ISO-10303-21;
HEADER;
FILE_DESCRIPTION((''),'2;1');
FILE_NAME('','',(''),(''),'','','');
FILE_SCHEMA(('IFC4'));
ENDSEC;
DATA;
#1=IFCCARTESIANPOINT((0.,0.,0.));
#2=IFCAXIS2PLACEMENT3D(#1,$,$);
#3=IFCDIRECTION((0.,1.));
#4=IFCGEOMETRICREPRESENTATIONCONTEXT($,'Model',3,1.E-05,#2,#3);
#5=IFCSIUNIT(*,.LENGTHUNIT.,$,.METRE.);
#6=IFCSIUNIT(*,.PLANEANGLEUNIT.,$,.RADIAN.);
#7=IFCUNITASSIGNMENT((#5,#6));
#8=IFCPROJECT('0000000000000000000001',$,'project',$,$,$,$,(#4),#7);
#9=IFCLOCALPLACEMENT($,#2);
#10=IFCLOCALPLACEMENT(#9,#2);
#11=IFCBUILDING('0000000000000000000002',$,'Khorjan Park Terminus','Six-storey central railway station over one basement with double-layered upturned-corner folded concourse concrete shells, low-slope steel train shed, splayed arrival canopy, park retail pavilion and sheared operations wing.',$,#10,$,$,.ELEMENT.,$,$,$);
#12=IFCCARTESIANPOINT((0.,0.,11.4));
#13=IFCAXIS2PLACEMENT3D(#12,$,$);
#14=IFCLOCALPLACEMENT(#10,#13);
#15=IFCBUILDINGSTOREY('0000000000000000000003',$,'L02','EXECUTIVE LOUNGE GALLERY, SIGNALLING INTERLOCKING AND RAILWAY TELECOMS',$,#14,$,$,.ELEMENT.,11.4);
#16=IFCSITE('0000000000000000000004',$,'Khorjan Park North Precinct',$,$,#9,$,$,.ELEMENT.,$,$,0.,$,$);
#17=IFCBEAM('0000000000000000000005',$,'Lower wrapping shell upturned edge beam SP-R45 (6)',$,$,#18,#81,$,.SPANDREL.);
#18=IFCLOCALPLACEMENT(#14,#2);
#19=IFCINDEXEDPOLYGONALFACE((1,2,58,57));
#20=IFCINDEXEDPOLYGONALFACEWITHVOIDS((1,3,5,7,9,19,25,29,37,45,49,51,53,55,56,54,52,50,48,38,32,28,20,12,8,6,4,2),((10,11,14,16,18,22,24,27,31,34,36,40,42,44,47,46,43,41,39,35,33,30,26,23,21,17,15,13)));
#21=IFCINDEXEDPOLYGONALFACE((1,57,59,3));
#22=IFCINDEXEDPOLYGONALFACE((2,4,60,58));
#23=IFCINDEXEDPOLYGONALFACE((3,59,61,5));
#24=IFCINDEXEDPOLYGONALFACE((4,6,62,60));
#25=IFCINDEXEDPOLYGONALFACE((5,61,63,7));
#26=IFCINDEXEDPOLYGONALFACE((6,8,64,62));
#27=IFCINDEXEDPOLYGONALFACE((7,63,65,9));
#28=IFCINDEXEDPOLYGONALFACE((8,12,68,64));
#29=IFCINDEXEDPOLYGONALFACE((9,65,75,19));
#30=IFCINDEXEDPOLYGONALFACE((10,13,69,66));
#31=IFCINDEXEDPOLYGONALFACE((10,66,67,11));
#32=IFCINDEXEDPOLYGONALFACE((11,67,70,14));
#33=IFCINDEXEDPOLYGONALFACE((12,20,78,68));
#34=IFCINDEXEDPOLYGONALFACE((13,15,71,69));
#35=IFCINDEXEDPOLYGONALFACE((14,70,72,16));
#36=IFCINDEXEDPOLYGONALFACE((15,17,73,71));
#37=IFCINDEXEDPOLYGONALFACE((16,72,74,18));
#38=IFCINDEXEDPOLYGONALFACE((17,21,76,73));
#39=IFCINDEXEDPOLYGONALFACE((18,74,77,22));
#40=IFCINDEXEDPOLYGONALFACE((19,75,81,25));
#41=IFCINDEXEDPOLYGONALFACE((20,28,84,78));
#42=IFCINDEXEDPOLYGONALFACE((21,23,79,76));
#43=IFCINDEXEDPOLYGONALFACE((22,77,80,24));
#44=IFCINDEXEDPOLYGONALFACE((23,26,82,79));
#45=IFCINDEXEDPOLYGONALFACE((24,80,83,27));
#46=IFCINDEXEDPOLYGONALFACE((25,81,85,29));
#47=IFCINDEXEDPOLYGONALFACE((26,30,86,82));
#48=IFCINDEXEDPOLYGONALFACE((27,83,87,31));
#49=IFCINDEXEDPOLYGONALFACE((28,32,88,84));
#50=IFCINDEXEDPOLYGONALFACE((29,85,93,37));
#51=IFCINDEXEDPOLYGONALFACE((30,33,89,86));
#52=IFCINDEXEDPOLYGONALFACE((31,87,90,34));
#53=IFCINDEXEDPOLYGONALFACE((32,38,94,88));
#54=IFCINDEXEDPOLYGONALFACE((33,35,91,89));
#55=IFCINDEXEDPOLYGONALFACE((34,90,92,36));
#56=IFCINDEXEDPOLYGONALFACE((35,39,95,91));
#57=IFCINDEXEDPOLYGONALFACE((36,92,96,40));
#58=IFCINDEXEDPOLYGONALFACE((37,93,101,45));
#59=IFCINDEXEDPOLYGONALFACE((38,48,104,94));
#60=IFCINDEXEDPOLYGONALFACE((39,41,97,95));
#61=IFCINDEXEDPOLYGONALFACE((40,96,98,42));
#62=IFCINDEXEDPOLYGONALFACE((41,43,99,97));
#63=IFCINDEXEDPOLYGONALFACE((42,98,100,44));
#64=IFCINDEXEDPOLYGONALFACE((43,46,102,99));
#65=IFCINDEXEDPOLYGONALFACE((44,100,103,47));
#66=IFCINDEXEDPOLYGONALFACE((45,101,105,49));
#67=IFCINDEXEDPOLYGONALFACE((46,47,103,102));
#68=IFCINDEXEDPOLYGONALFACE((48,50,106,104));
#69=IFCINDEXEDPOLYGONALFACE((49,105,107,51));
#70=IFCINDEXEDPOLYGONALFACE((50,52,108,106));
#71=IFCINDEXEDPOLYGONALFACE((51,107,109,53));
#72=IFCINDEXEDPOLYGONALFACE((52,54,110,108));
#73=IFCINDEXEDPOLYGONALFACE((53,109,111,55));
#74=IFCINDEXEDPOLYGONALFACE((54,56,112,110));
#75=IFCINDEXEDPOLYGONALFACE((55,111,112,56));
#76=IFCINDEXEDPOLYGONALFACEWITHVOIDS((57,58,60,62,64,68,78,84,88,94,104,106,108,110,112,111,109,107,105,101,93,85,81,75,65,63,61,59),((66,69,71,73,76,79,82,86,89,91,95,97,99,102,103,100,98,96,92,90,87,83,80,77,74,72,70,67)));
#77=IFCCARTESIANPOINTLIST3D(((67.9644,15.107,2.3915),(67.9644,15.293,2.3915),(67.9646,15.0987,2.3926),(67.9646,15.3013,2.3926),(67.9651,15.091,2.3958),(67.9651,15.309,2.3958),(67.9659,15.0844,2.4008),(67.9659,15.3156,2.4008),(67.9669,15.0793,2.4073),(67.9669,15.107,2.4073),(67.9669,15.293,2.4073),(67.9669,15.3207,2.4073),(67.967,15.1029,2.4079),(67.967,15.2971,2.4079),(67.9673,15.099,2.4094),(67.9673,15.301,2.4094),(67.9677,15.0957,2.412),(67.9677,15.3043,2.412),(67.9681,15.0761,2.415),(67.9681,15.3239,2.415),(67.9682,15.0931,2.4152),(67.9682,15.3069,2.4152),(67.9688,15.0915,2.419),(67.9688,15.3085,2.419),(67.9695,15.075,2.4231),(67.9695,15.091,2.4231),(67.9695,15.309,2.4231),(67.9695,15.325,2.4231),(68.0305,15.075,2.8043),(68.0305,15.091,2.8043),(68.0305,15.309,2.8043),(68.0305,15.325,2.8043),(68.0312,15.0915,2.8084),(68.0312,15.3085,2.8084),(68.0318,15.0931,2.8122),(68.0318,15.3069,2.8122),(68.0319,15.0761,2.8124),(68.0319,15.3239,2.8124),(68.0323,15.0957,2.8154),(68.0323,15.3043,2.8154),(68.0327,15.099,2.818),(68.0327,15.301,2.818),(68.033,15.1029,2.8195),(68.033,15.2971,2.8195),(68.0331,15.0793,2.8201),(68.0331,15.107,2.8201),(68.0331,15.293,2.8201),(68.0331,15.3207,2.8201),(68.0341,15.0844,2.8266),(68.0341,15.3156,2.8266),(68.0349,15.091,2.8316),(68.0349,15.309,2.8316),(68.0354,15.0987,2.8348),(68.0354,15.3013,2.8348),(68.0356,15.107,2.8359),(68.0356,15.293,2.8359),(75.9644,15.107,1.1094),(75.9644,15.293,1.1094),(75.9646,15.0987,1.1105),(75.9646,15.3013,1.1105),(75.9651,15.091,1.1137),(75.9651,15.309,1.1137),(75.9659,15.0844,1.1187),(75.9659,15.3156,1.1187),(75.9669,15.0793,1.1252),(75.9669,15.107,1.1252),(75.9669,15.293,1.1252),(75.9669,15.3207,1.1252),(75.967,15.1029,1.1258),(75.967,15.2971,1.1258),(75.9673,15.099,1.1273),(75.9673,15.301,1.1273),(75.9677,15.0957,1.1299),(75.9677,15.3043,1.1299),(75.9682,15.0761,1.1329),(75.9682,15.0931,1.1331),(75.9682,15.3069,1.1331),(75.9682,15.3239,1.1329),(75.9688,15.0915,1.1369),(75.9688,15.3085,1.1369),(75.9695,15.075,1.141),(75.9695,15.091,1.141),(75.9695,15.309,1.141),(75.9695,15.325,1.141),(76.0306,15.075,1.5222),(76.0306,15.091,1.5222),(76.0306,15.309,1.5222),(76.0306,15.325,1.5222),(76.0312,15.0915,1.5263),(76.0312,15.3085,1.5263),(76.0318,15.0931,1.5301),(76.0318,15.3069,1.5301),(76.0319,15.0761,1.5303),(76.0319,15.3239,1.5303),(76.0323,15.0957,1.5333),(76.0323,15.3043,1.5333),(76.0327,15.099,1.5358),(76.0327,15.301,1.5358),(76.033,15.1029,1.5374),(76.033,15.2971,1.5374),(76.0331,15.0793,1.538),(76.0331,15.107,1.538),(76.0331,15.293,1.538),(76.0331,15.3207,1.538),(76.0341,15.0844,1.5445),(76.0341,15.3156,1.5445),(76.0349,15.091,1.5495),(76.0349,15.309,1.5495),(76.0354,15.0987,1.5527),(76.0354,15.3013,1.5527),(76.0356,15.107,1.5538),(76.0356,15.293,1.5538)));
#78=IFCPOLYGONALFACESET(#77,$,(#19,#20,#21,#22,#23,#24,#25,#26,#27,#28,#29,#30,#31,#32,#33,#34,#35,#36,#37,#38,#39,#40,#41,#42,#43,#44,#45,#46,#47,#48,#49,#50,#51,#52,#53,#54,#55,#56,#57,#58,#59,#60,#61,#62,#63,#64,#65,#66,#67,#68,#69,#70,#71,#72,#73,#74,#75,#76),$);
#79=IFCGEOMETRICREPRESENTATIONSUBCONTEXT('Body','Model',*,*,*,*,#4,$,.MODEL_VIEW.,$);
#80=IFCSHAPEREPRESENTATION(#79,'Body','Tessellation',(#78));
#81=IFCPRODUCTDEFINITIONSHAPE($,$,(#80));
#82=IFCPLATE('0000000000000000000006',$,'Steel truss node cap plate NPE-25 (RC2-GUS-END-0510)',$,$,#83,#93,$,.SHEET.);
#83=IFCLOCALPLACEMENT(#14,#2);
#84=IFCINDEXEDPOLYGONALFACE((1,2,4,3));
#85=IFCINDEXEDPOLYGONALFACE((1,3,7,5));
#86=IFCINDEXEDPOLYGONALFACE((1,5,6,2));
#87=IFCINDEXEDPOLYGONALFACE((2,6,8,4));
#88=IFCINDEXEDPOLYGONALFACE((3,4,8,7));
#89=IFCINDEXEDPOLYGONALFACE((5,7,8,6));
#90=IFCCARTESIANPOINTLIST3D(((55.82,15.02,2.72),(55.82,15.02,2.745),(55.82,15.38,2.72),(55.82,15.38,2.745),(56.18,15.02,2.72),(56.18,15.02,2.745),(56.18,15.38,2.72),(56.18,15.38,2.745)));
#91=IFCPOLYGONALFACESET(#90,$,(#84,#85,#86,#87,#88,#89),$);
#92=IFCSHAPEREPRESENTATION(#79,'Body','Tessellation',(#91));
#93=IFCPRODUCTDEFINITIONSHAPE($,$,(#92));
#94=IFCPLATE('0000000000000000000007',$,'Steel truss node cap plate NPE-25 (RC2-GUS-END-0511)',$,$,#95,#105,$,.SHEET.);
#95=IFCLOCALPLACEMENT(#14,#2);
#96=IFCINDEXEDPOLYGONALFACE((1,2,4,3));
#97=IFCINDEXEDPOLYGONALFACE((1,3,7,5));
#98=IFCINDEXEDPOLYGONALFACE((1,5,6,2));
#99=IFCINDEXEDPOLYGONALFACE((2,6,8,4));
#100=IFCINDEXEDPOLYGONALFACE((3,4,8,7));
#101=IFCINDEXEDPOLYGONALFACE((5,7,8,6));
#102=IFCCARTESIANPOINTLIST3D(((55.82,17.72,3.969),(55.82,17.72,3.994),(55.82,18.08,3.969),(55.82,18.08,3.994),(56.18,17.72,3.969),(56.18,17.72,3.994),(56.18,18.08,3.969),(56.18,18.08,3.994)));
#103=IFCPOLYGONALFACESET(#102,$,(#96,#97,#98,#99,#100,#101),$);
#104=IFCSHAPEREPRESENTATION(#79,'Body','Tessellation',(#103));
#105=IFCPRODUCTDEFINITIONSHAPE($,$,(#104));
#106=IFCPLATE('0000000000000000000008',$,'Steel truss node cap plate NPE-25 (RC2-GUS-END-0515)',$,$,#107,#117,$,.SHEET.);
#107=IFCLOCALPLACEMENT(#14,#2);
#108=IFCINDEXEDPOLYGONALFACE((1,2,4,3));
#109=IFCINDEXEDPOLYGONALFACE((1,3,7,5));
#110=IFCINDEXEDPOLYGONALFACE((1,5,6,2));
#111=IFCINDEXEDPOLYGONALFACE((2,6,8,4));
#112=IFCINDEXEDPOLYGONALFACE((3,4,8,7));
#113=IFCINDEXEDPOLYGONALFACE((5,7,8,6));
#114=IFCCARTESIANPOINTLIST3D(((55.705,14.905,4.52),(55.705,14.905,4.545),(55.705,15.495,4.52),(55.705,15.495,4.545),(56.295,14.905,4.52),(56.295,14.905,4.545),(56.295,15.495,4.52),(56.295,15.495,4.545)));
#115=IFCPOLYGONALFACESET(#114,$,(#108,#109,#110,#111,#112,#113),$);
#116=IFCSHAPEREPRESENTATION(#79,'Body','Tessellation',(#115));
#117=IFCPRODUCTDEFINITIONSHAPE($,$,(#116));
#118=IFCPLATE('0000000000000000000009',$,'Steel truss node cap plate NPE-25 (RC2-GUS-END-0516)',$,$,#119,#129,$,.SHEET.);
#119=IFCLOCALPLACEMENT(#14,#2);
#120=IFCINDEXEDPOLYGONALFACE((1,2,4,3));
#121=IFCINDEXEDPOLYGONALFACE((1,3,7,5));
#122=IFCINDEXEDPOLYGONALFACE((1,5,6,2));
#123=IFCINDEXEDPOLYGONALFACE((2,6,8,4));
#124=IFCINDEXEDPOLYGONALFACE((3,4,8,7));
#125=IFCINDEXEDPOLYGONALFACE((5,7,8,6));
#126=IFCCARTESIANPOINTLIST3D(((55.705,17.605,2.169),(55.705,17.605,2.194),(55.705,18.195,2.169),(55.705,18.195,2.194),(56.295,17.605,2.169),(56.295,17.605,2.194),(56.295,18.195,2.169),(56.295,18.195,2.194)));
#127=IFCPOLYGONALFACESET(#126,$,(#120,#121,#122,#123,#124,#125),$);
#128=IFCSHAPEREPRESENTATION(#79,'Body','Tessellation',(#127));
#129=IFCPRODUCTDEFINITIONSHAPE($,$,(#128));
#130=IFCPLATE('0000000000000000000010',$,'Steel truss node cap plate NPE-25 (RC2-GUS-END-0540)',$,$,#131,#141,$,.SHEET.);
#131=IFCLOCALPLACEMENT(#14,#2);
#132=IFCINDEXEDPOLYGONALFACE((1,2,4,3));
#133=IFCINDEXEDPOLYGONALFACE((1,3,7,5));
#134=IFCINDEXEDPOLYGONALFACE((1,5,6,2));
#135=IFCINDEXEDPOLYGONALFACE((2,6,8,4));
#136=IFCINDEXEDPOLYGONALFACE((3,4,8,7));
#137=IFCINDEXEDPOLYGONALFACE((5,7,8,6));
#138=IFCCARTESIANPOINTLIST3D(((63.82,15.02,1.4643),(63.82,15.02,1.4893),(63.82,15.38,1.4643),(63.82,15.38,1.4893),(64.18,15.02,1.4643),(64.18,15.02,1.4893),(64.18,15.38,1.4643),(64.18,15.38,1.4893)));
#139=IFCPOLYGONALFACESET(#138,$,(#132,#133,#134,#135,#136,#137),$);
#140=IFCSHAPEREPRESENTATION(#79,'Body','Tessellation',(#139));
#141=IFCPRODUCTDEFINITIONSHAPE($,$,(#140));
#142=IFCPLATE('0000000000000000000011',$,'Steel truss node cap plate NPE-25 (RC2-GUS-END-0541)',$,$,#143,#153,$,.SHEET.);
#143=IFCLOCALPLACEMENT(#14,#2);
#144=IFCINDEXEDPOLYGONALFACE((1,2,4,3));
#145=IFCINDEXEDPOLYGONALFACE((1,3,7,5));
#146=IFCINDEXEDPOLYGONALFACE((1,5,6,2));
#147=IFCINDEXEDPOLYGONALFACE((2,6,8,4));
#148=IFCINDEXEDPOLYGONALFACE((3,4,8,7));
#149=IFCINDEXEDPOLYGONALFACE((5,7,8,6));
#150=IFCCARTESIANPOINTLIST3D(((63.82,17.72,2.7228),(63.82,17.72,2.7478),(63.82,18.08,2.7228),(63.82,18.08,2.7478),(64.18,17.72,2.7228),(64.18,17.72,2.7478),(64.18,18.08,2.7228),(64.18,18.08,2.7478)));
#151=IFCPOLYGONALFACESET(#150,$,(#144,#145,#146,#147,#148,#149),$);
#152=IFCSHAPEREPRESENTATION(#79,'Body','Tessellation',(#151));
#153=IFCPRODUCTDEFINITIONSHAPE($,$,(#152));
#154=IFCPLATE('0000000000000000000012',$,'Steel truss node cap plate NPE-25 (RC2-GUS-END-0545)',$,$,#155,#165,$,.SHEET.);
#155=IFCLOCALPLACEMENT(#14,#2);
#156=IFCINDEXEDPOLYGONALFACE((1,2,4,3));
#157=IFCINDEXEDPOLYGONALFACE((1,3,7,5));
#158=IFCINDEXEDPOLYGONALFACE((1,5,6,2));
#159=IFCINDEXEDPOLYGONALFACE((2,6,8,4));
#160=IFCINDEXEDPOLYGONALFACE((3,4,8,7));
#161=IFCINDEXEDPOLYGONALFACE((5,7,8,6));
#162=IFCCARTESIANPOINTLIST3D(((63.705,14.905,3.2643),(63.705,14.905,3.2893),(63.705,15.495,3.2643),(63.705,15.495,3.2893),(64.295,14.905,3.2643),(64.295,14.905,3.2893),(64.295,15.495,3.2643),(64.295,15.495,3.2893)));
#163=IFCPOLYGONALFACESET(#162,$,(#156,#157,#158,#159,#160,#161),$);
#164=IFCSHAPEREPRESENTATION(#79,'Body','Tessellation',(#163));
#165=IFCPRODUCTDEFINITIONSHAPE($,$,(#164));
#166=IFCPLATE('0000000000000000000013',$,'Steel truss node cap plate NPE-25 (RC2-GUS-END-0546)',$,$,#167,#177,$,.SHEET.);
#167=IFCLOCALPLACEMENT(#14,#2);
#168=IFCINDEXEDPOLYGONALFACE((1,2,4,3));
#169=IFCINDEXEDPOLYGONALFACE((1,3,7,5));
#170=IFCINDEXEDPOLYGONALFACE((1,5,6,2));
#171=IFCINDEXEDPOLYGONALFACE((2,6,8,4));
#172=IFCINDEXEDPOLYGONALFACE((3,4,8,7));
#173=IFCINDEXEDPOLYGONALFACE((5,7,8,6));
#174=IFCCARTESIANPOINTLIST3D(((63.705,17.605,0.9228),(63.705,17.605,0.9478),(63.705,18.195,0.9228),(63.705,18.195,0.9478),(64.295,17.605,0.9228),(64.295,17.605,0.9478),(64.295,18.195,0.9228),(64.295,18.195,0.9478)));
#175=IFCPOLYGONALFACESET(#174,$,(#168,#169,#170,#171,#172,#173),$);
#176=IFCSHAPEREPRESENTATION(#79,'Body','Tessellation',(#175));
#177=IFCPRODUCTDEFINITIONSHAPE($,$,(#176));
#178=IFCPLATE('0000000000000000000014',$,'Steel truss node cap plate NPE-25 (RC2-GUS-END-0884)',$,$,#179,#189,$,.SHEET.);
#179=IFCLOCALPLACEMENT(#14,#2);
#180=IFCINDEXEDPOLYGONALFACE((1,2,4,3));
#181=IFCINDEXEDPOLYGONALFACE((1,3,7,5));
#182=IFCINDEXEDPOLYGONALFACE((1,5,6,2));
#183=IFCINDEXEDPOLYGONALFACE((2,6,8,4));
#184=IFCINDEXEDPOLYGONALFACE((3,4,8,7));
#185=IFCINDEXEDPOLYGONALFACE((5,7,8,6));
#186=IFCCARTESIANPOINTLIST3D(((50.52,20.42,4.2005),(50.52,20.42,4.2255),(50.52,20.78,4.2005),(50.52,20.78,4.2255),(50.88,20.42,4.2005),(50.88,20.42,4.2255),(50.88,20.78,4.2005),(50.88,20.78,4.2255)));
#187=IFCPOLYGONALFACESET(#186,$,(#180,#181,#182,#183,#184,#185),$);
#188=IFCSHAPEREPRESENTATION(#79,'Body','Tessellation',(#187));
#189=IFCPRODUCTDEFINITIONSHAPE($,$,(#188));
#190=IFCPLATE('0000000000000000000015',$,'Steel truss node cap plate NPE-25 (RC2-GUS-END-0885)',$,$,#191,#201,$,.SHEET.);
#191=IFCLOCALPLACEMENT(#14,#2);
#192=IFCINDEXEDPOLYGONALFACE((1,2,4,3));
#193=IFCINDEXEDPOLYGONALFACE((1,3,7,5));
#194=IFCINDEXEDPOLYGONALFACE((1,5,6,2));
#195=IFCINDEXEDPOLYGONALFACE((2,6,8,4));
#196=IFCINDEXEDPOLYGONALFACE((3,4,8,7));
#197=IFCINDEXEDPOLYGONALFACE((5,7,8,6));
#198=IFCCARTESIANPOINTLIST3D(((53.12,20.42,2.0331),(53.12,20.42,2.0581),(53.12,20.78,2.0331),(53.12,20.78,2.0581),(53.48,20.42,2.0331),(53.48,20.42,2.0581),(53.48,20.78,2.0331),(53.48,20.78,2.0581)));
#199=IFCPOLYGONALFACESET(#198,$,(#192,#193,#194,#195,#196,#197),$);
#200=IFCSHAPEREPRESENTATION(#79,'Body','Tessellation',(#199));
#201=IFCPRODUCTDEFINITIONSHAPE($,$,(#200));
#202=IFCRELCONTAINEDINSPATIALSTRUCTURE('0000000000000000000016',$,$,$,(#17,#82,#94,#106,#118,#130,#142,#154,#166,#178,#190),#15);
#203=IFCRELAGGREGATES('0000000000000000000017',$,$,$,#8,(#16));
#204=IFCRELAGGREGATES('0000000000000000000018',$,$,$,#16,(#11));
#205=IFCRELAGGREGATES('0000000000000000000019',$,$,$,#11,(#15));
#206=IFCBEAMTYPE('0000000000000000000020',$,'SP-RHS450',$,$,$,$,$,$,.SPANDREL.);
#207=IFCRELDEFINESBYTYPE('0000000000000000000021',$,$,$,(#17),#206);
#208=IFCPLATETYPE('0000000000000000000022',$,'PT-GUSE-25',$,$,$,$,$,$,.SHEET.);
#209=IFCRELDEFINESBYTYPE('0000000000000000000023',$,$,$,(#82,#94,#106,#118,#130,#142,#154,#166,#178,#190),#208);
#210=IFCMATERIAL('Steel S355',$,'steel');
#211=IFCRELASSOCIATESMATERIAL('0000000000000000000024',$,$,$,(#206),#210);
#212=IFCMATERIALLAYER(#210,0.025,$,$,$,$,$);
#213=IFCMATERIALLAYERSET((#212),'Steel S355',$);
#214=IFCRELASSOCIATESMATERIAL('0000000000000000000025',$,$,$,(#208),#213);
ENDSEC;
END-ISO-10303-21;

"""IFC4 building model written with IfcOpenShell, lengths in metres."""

from ifc_helpers import new_model, si_unit, direction, frame, origin, origin_2d, place, context, subcontext, project, spatial, rectangle, hollow_rectangle, extrude, material, layer, layer_set, material_profile, profile_set, type_object, element, save


model = new_model("IFC4")

# Units and contexts
model_context = context("Model", 3, precision=1e-05, world=origin(), true_north=direction((0.0, 1.0)))
body_context = subcontext(model_context, "Body", "Model", "MODEL_VIEW")
ifc_project = project(units=[si_unit("LENGTHUNIT", "METRE"), si_unit("PLANEANGLEUNIT", "RADIAN")], contexts=[model_context])

# Site, building, storey
site_placement = place(None, origin())
site = spatial("IfcSite", under=ifc_project, at=site_placement, Name="Khorjan Park North Precinct", CompositionType="ELEMENT", RefElevation=0.0)
building_placement = place(site_placement, origin())
building = spatial("IfcBuilding", under=site, at=building_placement, Name="Khorjan Park Terminus", Description="Six-storey central railway station over one basement with double-layered upturned-corner folded concourse concrete shells, low-slope steel train shed, splayed arrival canopy, park retail pavilion and sheared operations wing.", CompositionType="ELEMENT")
storey_placement = place(building_placement, frame((0.0, 0.0, 11.4)))
storey = spatial("IfcBuildingStorey", under=building, at=storey_placement, Name="L02", Description="EXECUTIVE LOUNGE GALLERY, SIGNALLING INTERLOCKING AND RAILWAY TELECOMS", CompositionType="ELEMENT", Elevation=11.4)

# Shared definitions
ifc_material_1 = material(Name="Steel S355", Category="steel")

# Beam
ifc_material_profile_1 = material_profile(ifc_material_1, hollow_rectangle(XDim=0.25, YDim=0.45, WallThickness=0.016, InnerFilletRadius=0.016, OuterFilletRadius=0.032, at=origin_2d()), Name="RHS 450x250x16")
ifc_profile_set_1 = profile_set([ifc_material_profile_1], Name="Steel S355")
beam_type = type_object("IfcBeamType", Name="SP-RHS450", PredefinedType="SPANDREL", material=ifc_profile_set_1)
for number, where, z_axis, x_axis, name in (
    (1, (68.0, 15.2, 2.6137), (0.9874, 0.0, -0.158243), (0.0, 1.0, 0.0), "Lower wrapping shell upturned edge beam SP-R45 (6)"),
):
    element("IfcBeam", number, at=place(storey_placement, frame(where, z_axis=z_axis, x_axis=x_axis)), inside=storey, type_object=beam_type, Name=name, PredefinedType="SPANDREL", context=body_context, shape_type="SweptSolid", body=[
        extrude(hollow_rectangle(XDim=0.25, YDim=0.45, WallThickness=0.016, InnerFilletRadius=0.016, OuterFilletRadius=0.032, at=origin_2d()), origin(), (0.0, 0.0, 1.0), 8.1021),
    ])

# Plates
ifc_layer_1 = layer(ifc_material_1, 0.025)
ifc_layer_set_1 = layer_set([ifc_layer_1], Name="Steel S355")
plate_type = type_object("IfcPlateType", Name="PT-GUSE-25", PredefinedType="SHEET", material=ifc_layer_set_1)
for number, where, z_axis, x_axis, name in (
    (2, (56.0, 15.2, 2.72), (0.0, 0.0, 1.0), (1.0, 0.0, 0.0), "Steel truss node cap plate NPE-25 (RC2-GUS-END-0510)"),
    (3, (56.0, 17.9, 3.969), (0.0, 0.0, 1.0), (1.0, 0.0, 0.0), "Steel truss node cap plate NPE-25 (RC2-GUS-END-0511)"),
):
    element("IfcPlate", number, at=place(storey_placement, frame(where, z_axis=z_axis, x_axis=x_axis)), inside=storey, type_object=plate_type, Name=name, PredefinedType="SHEET", context=body_context, shape_type="SweptSolid", body=[
        extrude(rectangle(XDim=0.36, YDim=0.36, at=origin_2d()), origin(), (0.0, 0.0, 1.0), 0.025),
    ])
for number, where, z_axis, x_axis, name in (
    (4, (56.0, 15.2, 4.52), (0.0, 0.0, 1.0), (1.0, 0.0, 0.0), "Steel truss node cap plate NPE-25 (RC2-GUS-END-0515)"),
    (5, (56.0, 17.9, 2.169), (0.0, 0.0, 1.0), (1.0, 0.0, 0.0), "Steel truss node cap plate NPE-25 (RC2-GUS-END-0516)"),
):
    element("IfcPlate", number, at=place(storey_placement, frame(where, z_axis=z_axis, x_axis=x_axis)), inside=storey, type_object=plate_type, Name=name, PredefinedType="SHEET", context=body_context, shape_type="SweptSolid", body=[
        extrude(rectangle(XDim=0.59, YDim=0.59, at=origin_2d()), origin(), (0.0, 0.0, 1.0), 0.025),
    ])
for number, where, z_axis, x_axis, name in (
    (6, (64.0, 15.2, 1.4643), (0.0, 0.0, 1.0), (1.0, 0.0, 0.0), "Steel truss node cap plate NPE-25 (RC2-GUS-END-0540)"),
    (7, (64.0, 17.9, 2.7228), (0.0, 0.0, 1.0), (1.0, 0.0, 0.0), "Steel truss node cap plate NPE-25 (RC2-GUS-END-0541)"),
):
    element("IfcPlate", number, at=place(storey_placement, frame(where, z_axis=z_axis, x_axis=x_axis)), inside=storey, type_object=plate_type, Name=name, PredefinedType="SHEET", context=body_context, shape_type="SweptSolid", body=[
        extrude(rectangle(XDim=0.36, YDim=0.36, at=origin_2d()), origin(), (0.0, 0.0, 1.0), 0.025),
    ])
for number, where, z_axis, x_axis, name in (
    (8, (64.0, 15.2, 3.2643), (0.0, 0.0, 1.0), (1.0, 0.0, 0.0), "Steel truss node cap plate NPE-25 (RC2-GUS-END-0545)"),
    (9, (64.0, 17.9, 0.9228), (0.0, 0.0, 1.0), (1.0, 0.0, 0.0), "Steel truss node cap plate NPE-25 (RC2-GUS-END-0546)"),
):
    element("IfcPlate", number, at=place(storey_placement, frame(where, z_axis=z_axis, x_axis=x_axis)), inside=storey, type_object=plate_type, Name=name, PredefinedType="SHEET", context=body_context, shape_type="SweptSolid", body=[
        extrude(rectangle(XDim=0.59, YDim=0.59, at=origin_2d()), origin(), (0.0, 0.0, 1.0), 0.025),
    ])
for number, where, z_axis, x_axis, name in (
    (10, (50.7, 20.6, 4.2005), (0.0, 0.0, 1.0), (1.0, 0.0, 0.0), "Steel truss node cap plate NPE-25 (RC2-GUS-END-0884)"),
    (11, (53.3, 20.6, 2.0331), (0.0, 0.0, 1.0), (1.0, 0.0, 0.0), "Steel truss node cap plate NPE-25 (RC2-GUS-END-0885)"),
):
    element("IfcPlate", number, at=place(storey_placement, frame(where, z_axis=z_axis, x_axis=x_axis)), inside=storey, type_object=plate_type, Name=name, PredefinedType="SHEET", context=body_context, shape_type="SweptSolid", body=[
        extrude(rectangle(XDim=0.36, YDim=0.36, at=origin_2d()), origin(), (0.0, 0.0, 1.0), 0.025),
    ])

save(model, "model.ifc")
